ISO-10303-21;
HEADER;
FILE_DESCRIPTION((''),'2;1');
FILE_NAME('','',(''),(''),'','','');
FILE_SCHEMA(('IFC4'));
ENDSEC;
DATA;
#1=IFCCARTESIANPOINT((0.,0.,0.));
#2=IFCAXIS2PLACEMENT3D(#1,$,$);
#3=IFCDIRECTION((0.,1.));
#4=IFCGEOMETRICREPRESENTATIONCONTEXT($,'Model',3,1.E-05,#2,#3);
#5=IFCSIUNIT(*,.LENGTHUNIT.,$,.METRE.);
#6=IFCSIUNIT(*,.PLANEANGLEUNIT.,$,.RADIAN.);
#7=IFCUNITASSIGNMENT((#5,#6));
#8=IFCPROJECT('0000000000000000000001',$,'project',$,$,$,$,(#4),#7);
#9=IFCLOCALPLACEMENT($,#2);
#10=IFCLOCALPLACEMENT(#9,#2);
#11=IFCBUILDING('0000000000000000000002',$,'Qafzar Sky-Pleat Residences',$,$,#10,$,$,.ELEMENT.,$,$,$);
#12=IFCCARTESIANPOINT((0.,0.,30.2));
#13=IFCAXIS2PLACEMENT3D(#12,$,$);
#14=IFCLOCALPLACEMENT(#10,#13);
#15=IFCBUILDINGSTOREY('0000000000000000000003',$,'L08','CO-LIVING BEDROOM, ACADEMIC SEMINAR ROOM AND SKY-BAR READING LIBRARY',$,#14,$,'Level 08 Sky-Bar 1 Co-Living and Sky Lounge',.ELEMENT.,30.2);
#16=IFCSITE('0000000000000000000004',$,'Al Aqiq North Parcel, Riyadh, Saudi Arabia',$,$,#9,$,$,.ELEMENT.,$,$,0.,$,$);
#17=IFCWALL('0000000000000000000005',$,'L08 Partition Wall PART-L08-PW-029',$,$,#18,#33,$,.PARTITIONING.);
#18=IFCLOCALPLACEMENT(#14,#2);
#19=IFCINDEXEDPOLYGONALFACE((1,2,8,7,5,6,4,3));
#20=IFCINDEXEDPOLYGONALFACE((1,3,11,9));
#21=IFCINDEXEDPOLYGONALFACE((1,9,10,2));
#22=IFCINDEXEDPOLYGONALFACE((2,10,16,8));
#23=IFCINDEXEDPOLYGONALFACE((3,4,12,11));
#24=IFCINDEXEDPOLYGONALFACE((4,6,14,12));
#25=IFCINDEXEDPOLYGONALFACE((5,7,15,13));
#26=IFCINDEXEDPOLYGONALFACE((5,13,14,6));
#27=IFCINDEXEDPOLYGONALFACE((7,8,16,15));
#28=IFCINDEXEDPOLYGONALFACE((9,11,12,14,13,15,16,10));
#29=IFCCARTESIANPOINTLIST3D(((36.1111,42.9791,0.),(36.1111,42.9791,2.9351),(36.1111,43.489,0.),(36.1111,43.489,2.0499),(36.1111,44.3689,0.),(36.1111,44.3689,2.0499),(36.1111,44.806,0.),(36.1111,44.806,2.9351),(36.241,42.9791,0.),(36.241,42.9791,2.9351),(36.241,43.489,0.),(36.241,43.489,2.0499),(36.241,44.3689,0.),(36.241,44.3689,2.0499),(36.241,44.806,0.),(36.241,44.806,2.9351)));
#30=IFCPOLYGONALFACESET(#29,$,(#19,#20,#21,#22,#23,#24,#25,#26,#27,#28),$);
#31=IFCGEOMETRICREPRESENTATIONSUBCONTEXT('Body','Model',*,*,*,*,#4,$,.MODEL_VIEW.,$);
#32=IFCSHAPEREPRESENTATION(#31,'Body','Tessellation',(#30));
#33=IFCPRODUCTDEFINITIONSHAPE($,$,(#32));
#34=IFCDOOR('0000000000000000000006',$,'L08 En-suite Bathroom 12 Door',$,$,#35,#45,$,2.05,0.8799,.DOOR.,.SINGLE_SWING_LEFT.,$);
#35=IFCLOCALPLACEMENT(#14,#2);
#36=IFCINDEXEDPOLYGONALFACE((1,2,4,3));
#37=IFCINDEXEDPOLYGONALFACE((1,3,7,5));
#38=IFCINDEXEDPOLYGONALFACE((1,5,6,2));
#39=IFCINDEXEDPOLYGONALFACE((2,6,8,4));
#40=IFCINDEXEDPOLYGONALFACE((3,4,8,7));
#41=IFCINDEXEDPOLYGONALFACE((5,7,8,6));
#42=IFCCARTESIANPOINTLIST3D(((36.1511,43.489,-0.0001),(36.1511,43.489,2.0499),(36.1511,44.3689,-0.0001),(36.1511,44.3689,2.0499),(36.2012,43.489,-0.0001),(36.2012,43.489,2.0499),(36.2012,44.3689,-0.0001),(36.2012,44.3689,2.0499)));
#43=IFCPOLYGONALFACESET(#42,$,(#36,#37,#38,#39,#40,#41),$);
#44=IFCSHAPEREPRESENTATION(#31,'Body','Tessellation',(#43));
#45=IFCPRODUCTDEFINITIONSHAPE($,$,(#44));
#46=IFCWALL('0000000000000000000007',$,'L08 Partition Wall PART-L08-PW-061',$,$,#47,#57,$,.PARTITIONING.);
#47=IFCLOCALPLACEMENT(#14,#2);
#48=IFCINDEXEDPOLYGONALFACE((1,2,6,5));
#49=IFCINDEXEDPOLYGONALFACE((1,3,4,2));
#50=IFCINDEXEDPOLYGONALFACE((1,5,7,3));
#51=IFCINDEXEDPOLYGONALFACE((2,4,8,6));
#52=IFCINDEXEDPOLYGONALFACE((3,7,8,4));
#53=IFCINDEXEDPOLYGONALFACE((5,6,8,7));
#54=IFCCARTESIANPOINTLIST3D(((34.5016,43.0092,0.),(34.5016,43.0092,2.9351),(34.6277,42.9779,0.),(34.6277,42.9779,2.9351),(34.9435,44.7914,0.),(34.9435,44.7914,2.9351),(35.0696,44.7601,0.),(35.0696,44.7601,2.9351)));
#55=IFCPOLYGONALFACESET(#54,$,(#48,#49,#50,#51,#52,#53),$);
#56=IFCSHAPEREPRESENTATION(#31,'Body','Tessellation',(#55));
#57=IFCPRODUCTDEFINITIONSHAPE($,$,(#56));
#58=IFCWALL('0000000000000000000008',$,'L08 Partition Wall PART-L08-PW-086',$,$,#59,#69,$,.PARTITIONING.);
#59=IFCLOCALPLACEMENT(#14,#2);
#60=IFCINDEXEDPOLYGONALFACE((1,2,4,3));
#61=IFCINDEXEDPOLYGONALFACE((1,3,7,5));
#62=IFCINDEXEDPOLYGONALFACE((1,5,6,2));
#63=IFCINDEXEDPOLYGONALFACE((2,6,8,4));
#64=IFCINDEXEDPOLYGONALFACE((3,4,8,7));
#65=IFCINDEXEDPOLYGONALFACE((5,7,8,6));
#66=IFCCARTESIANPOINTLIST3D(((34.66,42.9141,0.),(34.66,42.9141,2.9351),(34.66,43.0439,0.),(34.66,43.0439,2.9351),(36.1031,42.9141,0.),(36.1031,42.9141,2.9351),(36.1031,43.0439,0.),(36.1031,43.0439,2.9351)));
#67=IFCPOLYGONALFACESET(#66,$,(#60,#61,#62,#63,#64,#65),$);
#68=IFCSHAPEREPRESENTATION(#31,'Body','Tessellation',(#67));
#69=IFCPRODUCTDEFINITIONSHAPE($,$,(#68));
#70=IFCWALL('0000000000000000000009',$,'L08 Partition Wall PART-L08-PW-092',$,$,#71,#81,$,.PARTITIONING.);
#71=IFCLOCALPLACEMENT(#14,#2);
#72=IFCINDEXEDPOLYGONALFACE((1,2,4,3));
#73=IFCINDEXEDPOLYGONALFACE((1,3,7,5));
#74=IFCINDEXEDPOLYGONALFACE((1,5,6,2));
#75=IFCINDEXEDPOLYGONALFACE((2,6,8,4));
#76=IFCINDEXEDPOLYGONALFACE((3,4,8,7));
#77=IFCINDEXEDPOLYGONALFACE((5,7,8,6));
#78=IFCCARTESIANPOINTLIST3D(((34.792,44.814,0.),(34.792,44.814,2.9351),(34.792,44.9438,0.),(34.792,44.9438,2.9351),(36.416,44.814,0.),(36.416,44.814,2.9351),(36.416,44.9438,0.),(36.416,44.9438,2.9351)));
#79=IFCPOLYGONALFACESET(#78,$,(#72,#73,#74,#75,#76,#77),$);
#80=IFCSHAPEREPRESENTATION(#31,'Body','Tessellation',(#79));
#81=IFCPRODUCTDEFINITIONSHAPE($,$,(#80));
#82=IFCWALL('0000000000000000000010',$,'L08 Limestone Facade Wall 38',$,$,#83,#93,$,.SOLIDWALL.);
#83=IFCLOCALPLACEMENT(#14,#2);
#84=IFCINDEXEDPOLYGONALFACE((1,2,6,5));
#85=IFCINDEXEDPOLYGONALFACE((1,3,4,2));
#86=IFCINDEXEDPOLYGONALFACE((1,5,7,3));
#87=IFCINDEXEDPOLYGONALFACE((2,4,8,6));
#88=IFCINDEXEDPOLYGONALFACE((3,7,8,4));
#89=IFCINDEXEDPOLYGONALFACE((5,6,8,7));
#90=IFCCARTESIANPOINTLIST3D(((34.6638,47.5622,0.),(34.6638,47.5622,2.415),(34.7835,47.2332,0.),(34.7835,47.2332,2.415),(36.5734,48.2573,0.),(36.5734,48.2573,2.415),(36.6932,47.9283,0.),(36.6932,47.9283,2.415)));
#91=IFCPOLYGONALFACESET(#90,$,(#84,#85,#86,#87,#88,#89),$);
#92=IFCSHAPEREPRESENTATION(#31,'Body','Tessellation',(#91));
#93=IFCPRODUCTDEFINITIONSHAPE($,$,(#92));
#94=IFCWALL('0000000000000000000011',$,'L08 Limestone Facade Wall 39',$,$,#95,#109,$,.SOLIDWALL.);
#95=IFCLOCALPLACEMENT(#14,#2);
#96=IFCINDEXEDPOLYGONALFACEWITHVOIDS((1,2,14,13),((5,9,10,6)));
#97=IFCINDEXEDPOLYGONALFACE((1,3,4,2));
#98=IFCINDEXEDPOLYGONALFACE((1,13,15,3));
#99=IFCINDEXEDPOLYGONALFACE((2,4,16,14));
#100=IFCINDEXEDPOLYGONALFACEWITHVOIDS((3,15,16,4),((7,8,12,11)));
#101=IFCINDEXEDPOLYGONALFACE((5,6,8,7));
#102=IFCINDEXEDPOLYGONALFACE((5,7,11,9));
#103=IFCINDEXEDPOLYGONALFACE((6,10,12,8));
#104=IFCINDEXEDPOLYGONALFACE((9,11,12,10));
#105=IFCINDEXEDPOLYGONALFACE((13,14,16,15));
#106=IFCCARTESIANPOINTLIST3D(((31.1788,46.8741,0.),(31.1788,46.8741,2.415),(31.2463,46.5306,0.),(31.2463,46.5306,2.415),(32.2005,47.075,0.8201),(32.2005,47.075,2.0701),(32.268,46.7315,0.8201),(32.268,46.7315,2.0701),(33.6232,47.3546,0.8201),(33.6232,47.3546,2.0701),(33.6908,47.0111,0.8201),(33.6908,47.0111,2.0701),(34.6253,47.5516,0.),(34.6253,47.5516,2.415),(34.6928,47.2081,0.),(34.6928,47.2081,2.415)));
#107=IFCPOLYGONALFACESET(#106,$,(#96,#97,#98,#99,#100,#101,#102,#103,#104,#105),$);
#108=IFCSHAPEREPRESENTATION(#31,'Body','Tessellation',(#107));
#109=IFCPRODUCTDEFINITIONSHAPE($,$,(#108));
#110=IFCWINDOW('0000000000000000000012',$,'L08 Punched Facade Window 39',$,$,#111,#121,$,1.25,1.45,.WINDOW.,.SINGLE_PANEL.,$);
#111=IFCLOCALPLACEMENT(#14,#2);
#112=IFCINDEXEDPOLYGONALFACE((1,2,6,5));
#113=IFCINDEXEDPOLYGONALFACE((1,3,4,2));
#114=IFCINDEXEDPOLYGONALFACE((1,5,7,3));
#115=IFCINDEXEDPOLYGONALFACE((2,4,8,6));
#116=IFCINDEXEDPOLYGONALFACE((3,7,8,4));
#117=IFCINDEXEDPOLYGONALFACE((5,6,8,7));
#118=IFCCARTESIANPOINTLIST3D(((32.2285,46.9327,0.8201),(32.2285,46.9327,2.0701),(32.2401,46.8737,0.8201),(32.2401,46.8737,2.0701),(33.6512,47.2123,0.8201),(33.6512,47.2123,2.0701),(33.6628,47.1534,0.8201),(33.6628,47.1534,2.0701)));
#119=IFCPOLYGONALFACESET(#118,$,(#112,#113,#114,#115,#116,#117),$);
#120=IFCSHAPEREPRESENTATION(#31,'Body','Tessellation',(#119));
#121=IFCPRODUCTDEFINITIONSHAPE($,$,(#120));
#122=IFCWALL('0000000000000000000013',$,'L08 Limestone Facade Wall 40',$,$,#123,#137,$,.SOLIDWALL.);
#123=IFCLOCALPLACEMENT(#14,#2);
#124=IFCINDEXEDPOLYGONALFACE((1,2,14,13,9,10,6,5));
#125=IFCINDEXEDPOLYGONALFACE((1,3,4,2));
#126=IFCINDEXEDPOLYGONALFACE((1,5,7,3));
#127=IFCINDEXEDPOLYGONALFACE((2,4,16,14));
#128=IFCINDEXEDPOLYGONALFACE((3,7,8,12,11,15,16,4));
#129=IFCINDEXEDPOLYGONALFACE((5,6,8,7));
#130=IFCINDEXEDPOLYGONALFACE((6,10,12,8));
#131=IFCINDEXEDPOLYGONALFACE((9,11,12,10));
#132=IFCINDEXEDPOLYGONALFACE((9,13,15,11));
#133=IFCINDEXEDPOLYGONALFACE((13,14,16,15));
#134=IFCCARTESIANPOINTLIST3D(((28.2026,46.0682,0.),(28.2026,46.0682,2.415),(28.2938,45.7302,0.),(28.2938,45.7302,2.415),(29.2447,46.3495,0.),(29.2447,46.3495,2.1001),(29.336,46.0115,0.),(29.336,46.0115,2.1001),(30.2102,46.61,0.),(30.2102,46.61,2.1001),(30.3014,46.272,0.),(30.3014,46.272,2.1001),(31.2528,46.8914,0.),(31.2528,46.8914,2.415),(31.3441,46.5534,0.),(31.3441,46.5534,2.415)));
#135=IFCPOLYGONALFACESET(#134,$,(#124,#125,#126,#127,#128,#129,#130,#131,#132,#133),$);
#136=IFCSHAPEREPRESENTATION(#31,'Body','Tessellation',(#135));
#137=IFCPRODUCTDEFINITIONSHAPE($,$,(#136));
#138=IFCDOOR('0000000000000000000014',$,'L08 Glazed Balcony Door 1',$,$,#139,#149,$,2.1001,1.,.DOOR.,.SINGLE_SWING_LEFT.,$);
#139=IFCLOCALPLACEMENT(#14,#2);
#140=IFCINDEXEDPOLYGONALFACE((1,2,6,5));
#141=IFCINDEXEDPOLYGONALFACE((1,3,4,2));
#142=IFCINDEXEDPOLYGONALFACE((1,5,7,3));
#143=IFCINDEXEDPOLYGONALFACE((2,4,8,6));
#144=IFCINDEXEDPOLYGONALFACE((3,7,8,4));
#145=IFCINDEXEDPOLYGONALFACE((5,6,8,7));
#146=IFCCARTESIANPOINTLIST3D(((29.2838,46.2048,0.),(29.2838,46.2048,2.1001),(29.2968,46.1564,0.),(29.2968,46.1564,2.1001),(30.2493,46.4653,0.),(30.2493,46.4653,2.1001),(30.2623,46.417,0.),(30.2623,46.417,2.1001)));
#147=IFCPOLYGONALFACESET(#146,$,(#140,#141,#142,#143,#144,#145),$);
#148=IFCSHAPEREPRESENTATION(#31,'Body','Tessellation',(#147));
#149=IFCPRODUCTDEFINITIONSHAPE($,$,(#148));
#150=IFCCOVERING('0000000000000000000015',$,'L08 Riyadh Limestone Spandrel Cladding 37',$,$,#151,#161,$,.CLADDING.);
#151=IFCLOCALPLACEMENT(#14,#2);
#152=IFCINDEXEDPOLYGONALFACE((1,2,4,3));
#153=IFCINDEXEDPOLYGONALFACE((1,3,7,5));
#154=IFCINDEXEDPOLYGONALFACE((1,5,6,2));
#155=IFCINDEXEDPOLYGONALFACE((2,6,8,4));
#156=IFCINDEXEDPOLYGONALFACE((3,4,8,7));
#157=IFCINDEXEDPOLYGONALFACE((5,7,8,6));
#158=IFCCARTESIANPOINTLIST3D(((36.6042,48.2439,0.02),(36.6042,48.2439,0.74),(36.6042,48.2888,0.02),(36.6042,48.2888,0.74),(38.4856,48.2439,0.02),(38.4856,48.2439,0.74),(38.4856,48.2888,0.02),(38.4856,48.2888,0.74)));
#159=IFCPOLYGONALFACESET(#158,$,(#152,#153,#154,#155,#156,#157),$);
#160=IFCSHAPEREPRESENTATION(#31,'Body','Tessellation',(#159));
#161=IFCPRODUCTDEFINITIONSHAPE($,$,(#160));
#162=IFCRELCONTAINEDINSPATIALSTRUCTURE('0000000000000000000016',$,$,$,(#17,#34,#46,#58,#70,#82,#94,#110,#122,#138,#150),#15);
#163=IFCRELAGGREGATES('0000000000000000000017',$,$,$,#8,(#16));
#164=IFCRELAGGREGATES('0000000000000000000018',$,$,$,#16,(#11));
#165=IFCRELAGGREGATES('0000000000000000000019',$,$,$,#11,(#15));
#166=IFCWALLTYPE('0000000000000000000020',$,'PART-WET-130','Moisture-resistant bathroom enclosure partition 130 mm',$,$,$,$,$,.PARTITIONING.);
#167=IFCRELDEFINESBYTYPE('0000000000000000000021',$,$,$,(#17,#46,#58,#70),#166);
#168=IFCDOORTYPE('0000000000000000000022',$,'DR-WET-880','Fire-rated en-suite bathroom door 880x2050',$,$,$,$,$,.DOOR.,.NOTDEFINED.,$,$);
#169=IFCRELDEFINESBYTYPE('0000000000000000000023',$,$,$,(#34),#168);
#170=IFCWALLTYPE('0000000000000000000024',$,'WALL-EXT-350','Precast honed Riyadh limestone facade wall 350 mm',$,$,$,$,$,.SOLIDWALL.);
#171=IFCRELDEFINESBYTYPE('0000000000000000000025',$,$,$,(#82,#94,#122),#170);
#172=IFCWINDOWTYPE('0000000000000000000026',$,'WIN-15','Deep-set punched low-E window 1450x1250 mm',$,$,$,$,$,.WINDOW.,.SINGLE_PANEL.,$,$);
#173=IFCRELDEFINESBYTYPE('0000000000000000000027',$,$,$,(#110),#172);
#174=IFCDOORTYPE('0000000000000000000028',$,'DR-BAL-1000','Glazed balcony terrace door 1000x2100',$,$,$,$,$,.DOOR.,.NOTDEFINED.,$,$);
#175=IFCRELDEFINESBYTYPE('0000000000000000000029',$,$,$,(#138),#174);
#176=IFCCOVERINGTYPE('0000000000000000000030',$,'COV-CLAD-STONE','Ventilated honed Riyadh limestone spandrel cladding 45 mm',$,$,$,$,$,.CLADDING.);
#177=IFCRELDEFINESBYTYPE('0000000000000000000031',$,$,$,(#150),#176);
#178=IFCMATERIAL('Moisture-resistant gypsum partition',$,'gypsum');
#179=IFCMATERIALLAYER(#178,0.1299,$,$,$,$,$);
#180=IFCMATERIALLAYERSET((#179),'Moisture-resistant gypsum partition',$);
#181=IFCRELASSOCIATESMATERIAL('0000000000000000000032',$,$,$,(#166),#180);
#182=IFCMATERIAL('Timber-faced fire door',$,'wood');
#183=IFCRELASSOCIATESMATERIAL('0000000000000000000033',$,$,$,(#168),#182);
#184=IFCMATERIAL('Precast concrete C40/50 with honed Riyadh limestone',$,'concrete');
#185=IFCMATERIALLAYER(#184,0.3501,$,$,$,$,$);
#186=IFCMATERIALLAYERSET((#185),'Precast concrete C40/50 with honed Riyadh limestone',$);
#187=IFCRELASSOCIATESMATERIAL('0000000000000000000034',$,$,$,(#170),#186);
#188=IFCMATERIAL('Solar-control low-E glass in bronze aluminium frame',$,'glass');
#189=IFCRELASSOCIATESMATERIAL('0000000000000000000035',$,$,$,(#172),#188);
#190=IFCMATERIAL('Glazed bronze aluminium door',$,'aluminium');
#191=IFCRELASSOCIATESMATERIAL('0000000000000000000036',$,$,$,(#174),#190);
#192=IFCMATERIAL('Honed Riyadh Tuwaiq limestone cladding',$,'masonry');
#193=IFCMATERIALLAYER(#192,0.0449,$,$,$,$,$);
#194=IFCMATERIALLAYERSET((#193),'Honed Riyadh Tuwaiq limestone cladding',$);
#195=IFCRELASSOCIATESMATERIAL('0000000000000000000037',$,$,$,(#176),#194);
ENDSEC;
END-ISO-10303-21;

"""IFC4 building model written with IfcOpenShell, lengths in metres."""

from ifc_helpers import new_model, si_unit, direction, frame, frame_2d, origin, origin_2d, place, context, subcontext, project, spatial, rectangle, extrude, source, transform, mapped, material, layer, layer_set, type_object, element, fill, save


model = new_model("IFC4")

# Units and contexts
model_context = context("Model", 3, precision=1e-05, world=origin(), true_north=direction((0.0, 1.0)))
body_context = subcontext(model_context, "Body", "Model", "MODEL_VIEW")
ifc_project = project(units=[si_unit("LENGTHUNIT", "METRE"), si_unit("PLANEANGLEUNIT", "RADIAN")], contexts=[model_context])

# Site, building, storey
site_placement = place(None, origin())
site = spatial("IfcSite", under=ifc_project, at=site_placement, Name="Al Aqiq North Parcel, Riyadh, Saudi Arabia", CompositionType="ELEMENT", RefElevation=0.0)
building_placement = place(site_placement, origin())
building = spatial("IfcBuilding", under=site, at=building_placement, Name="Qafzar Sky-Pleat Residences", CompositionType="ELEMENT")
storey_placement = place(building_placement, frame((0.0, 0.0, 30.2)))
storey = spatial("IfcBuildingStorey", under=building, at=storey_placement, Name="L08", Description="CO-LIVING BEDROOM, ACADEMIC SEMINAR ROOM AND SKY-BAR READING LIBRARY", LongName="Level 08 Sky-Bar 1 Co-Living and Sky Lounge", CompositionType="ELEMENT", Elevation=30.2)

# Wall, opening, door
ifc_material_1 = material(Name="Moisture-resistant gypsum partition", Category="gypsum")
ifc_layer_1 = layer(ifc_material_1, 0.1299)
ifc_layer_set_1 = layer_set([ifc_layer_1], Name="Moisture-resistant gypsum partition")
wall_type_1 = type_object("IfcWallType", Name="PART-WET-130", Description="Moisture-resistant bathroom enclosure partition 130 mm", PredefinedType="PARTITIONING", material=ifc_layer_set_1)
wall_1_placement = place(storey_placement, frame((36.176, 42.979, 0.0), z_axis=(0.0, 0.0, 1.0), x_axis=(0.0, 1.0, 0.0)))
wall_1 = element("IfcWall", 1, at=wall_1_placement, inside=storey, type_object=wall_type_1, Name="L08 Partition Wall PART-L08-PW-029", PredefinedType="PARTITIONING", context=body_context, shape_type="SweptSolid", body=[
    extrude(rectangle(XDim=1.8269, YDim=0.1299, at=frame_2d((0.9136, 0.0))), origin(), (0.0, 0.0, 1.0), 2.9351),
])
opening_1_placement = place(wall_1_placement, frame((0.51, 0.0, 0.0)))
opening_1 = element("IfcOpeningElement", 2, at=opening_1_placement, cuts=wall_1, PredefinedType="OPENING", context=body_context, shape_type="SweptSolid", body=[
    extrude(rectangle(XDim=0.8799, YDim=2.05, at=frame_2d((0.4399, 1.0249))), frame((0.0, 0.075, 0.0), z_axis=(0.0, -1.0, 0.0), x_axis=(1.0, 0.0, 0.0)), (0.0, 0.0, 1.0), 0.1499),
])
ifc_material_2 = material(Name="Timber-faced fire door", Category="wood")
door_type_1 = type_object("IfcDoorType", Name="DR-WET-880", Description="Fire-rated en-suite bathroom door 880x2050", OperationType="NOTDEFINED", PredefinedType="DOOR", material=ifc_material_2)
shared_shape_1 = source(origin(), body_context, "Body", "SweptSolid", [
    extrude(rectangle(XDim=0.8799, YDim=2.05, at=frame_2d((0.4399, 1.0249))), frame((0.0, 0.0249, 0.0), z_axis=(0.0, -1.0, 0.0), x_axis=(1.0, 0.0, 0.0)), (0.0, 0.0, 1.0), 0.05),
])
door_1_placement = place(opening_1_placement, origin())
door_1 = element("IfcDoor", 3, at=door_1_placement, inside=storey, type_object=door_type_1, Name="L08 En-suite Bathroom 12 Door", OperationType="SINGLE_SWING_LEFT", OverallHeight=2.05, OverallWidth=0.8799, PredefinedType="DOOR", context=body_context, shape_type="MappedRepresentation", body=[
    mapped(shared_shape_1, transform((0.0, 0.0, 0.0), x_axis=(1.0, 0.0, 0.0), y_axis=(0.0, 1.0, 0.0), z_axis=(0.0, 0.0, 1.0), scale=1.0)),
])
fill(opening_1, door_1)

# Walls
wall_2_placement = place(storey_placement, frame((34.5647, 42.9937, 0.0), z_axis=(0.0, 0.0, 1.0), x_axis=(0.240658, 0.97061, 0.0)))
element("IfcWall", 4, at=wall_2_placement, inside=storey, type_object=wall_type_1, Name="L08 Partition Wall PART-L08-PW-061", PredefinedType="PARTITIONING", context=body_context, shape_type="SweptSolid", body=[
    extrude(rectangle(XDim=1.8362, YDim=0.1299, at=frame_2d((0.918, 0.0))), origin(), (0.0, 0.0, 1.0), 2.9351),
])
wall_3_placement = place(storey_placement, frame((34.6599, 42.979, 0.0), z_axis=(0.0, 0.0, 1.0), x_axis=(1.0, 0.0, 0.0)))
element("IfcWall", 5, at=wall_3_placement, inside=storey, type_object=wall_type_1, Name="L08 Partition Wall PART-L08-PW-086", PredefinedType="PARTITIONING", context=body_context, shape_type="SweptSolid", body=[
    extrude(rectangle(XDim=1.4431, YDim=0.1299, at=frame_2d((0.7217, 0.0))), origin(), (0.0, 0.0, 1.0), 2.9351),
])
wall_4_placement = place(storey_placement, frame((34.792, 44.8789, 0.0), z_axis=(0.0, 0.0, 1.0), x_axis=(1.0, 0.0, 0.0)))
element("IfcWall", 6, at=wall_4_placement, inside=storey, type_object=wall_type_1, Name="L08 Partition Wall PART-L08-PW-092", PredefinedType="PARTITIONING", context=body_context, shape_type="SweptSolid", body=[
    extrude(rectangle(XDim=1.624, YDim=0.1299, at=frame_2d((0.812, 0.0))), origin(), (0.0, 0.0, 1.0), 2.9351),
])
ifc_material_3 = material(Name="Precast concrete C40/50 with honed Riyadh limestone", Category="concrete")
ifc_layer_2 = layer(ifc_material_3, 0.3501)
ifc_layer_set_2 = layer_set([ifc_layer_2], Name="Precast concrete C40/50 with honed Riyadh limestone")
wall_type_2 = type_object("IfcWallType", Name="WALL-EXT-350", Description="Precast honed Riyadh limestone facade wall 350 mm", PredefinedType="SOLIDWALL", material=ifc_layer_set_2)
wall_5_placement = place(storey_placement, frame((36.6333, 48.0928, 0.0), z_axis=(0.0, 0.0, 1.0), x_axis=(-0.939692, -0.342023, 0.0)))
element("IfcWall", 7, at=wall_5_placement, inside=storey, type_object=wall_type_2, Name="L08 Limestone Facade Wall 38", PredefinedType="SOLIDWALL", context=body_context, shape_type="SweptSolid", body=[
    extrude(rectangle(XDim=2.0322, YDim=0.3501, at=frame_2d((1.0161, 0.0))), origin(), (0.0, 0.0, 1.0), 2.415),
])

# Wall, opening, window
wall_6_placement = place(storey_placement, frame((34.6592, 47.3799, 0.0), z_axis=(0.0, 0.0, 1.0), x_axis=(-0.981222, -0.19288, 0.0)))
wall_6 = element("IfcWall", 8, at=wall_6_placement, inside=storey, type_object=wall_type_2, Name="L08 Limestone Facade Wall 39", PredefinedType="SOLIDWALL", context=body_context, shape_type="SweptSolid", body=[
    extrude(rectangle(XDim=3.5125, YDim=0.3501, at=frame_2d((1.7563, 0.0))), origin(), (0.0, 0.0, 1.0), 2.415),
])
opening_2_placement = place(wall_6_placement, frame((1.0212, 0.0, 0.8201)))
opening_2 = element("IfcOpeningElement", 9, at=opening_2_placement, cuts=wall_6, PredefinedType="OPENING", context=body_context, shape_type="SweptSolid", body=[
    extrude(rectangle(XDim=1.45, YDim=1.25, at=frame_2d((0.7251, 0.625))), frame((0.0, 0.1851, 0.0), z_axis=(0.0, -1.0, 0.0), x_axis=(1.0, 0.0, 0.0)), (0.0, 0.0, 1.0), 0.3701),
])
ifc_material_4 = material(Name="Solar-control low-E glass in bronze aluminium frame", Category="glass")
window_type = type_object("IfcWindowType", Name="WIN-15", Description="Deep-set punched low-E window 1450x1250 mm", PartitioningType="SINGLE_PANEL", PredefinedType="WINDOW", material=ifc_material_4)
shared_shape_2 = source(origin(), body_context, "Body", "SweptSolid", [
    extrude(rectangle(XDim=1.45, YDim=1.25, at=frame_2d((0.7251, 0.625))), frame((0.0, 0.03, 0.0), z_axis=(0.0, -1.0, 0.0), x_axis=(1.0, 0.0, 0.0)), (0.0, 0.0, 1.0), 0.0601),
])
window_placement = place(opening_2_placement, origin())
window = element("IfcWindow", 10, at=window_placement, inside=storey, type_object=window_type, Name="L08 Punched Facade Window 39", OverallHeight=1.25, OverallWidth=1.45, PartitioningType="SINGLE_PANEL", PredefinedType="WINDOW", context=body_context, shape_type="MappedRepresentation", body=[
    mapped(shared_shape_2, transform((0.0, 0.0, 0.0), x_axis=(1.0, 0.0, 0.0), y_axis=(0.0, 1.0, 0.0), z_axis=(0.0, 0.0, 1.0), scale=1.0)),
])
fill(opening_2, window)

# Wall, opening, door
wall_7_placement = place(storey_placement, frame((31.2983, 46.7224, 0.0), z_axis=(0.0, 0.0, 1.0), x_axis=(-0.965456, -0.260566, 0.0)))
wall_7 = element("IfcWall", 11, at=wall_7_placement, inside=storey, type_object=wall_type_2, Name="L08 Limestone Facade Wall 40", PredefinedType="SOLIDWALL", context=body_context, shape_type="SweptSolid", body=[
    extrude(rectangle(XDim=3.1594, YDim=0.3501, at=frame_2d((1.5796, 0.0))), origin(), (0.0, 0.0, 1.0), 2.415),
])
opening_3_placement = place(wall_7_placement, frame((1.0798, 0.0, 0.0)))
opening_3 = element("IfcOpeningElement", 12, at=opening_3_placement, cuts=wall_7, PredefinedType="OPENING", context=body_context, shape_type="SweptSolid", body=[
    extrude(rectangle(XDim=1.0, YDim=2.1001, at=frame_2d((0.5, 1.05))), frame((0.0, 0.1851, 0.0), z_axis=(0.0, -1.0, 0.0), x_axis=(1.0, 0.0, 0.0)), (0.0, 0.0, 1.0), 0.3701),
])
ifc_material_5 = material(Name="Glazed bronze aluminium door", Category="aluminium")
door_type_2 = type_object("IfcDoorType", Name="DR-BAL-1000", Description="Glazed balcony terrace door 1000x2100", OperationType="NOTDEFINED", PredefinedType="DOOR", material=ifc_material_5)
shared_shape_3 = source(origin(), body_context, "Body", "SweptSolid", [
    extrude(rectangle(XDim=1.0, YDim=2.1001, at=frame_2d((0.5, 1.05))), frame((0.0, 0.0249, 0.0), z_axis=(0.0, -1.0, 0.0), x_axis=(1.0, 0.0, 0.0)), (0.0, 0.0, 1.0), 0.05),
])
door_2_placement = place(opening_3_placement, origin())
door_2 = element("IfcDoor", 13, at=door_2_placement, inside=storey, type_object=door_type_2, Name="L08 Glazed Balcony Door 1", OperationType="SINGLE_SWING_LEFT", OverallHeight=2.1001, OverallWidth=1.0, PredefinedType="DOOR", context=body_context, shape_type="MappedRepresentation", body=[
    mapped(shared_shape_3, transform((0.0, 0.0, 0.0), x_axis=(1.0, 0.0, 0.0), y_axis=(0.0, 1.0, 0.0), z_axis=(0.0, 0.0, 1.0), scale=1.0)),
])
fill(opening_3, door_2)

# Covering
ifc_material_6 = material(Name="Honed Riyadh Tuwaiq limestone cladding", Category="masonry")
ifc_layer_3 = layer(ifc_material_6, 0.0449)
ifc_layer_set_3 = layer_set([ifc_layer_3], Name="Honed Riyadh Tuwaiq limestone cladding")
covering_type = type_object("IfcCoveringType", Name="COV-CLAD-STONE", Description="Ventilated honed Riyadh limestone spandrel cladding 45 mm", PredefinedType="CLADDING", material=ifc_layer_set_3)
shared_shape_4 = source(origin(), body_context, "Body", "SweptSolid", [
    extrude(rectangle(XDim=1.8813, YDim=0.0449, at=origin_2d()), origin(), (0.0, 0.0, 1.0), 0.72),
])
covering_placement = place(storey_placement, frame((37.5449, 48.2664, 0.02), z_axis=(0.0, 0.0, 1.0), x_axis=(-1.0, 0.0, 0.0)))
element("IfcCovering", 14, at=covering_placement, inside=storey, type_object=covering_type, Name="L08 Riyadh Limestone Spandrel Cladding 37", PredefinedType="CLADDING", context=body_context, shape_type="MappedRepresentation", body=[
    mapped(shared_shape_4, transform((0.0, 0.0, 0.0), x_axis=(1.0, 0.0, 0.0), y_axis=(0.0, 1.0, 0.0), z_axis=(0.0, 0.0, 1.0), scale=1.0)),
])

save(model, "model.ifc")
